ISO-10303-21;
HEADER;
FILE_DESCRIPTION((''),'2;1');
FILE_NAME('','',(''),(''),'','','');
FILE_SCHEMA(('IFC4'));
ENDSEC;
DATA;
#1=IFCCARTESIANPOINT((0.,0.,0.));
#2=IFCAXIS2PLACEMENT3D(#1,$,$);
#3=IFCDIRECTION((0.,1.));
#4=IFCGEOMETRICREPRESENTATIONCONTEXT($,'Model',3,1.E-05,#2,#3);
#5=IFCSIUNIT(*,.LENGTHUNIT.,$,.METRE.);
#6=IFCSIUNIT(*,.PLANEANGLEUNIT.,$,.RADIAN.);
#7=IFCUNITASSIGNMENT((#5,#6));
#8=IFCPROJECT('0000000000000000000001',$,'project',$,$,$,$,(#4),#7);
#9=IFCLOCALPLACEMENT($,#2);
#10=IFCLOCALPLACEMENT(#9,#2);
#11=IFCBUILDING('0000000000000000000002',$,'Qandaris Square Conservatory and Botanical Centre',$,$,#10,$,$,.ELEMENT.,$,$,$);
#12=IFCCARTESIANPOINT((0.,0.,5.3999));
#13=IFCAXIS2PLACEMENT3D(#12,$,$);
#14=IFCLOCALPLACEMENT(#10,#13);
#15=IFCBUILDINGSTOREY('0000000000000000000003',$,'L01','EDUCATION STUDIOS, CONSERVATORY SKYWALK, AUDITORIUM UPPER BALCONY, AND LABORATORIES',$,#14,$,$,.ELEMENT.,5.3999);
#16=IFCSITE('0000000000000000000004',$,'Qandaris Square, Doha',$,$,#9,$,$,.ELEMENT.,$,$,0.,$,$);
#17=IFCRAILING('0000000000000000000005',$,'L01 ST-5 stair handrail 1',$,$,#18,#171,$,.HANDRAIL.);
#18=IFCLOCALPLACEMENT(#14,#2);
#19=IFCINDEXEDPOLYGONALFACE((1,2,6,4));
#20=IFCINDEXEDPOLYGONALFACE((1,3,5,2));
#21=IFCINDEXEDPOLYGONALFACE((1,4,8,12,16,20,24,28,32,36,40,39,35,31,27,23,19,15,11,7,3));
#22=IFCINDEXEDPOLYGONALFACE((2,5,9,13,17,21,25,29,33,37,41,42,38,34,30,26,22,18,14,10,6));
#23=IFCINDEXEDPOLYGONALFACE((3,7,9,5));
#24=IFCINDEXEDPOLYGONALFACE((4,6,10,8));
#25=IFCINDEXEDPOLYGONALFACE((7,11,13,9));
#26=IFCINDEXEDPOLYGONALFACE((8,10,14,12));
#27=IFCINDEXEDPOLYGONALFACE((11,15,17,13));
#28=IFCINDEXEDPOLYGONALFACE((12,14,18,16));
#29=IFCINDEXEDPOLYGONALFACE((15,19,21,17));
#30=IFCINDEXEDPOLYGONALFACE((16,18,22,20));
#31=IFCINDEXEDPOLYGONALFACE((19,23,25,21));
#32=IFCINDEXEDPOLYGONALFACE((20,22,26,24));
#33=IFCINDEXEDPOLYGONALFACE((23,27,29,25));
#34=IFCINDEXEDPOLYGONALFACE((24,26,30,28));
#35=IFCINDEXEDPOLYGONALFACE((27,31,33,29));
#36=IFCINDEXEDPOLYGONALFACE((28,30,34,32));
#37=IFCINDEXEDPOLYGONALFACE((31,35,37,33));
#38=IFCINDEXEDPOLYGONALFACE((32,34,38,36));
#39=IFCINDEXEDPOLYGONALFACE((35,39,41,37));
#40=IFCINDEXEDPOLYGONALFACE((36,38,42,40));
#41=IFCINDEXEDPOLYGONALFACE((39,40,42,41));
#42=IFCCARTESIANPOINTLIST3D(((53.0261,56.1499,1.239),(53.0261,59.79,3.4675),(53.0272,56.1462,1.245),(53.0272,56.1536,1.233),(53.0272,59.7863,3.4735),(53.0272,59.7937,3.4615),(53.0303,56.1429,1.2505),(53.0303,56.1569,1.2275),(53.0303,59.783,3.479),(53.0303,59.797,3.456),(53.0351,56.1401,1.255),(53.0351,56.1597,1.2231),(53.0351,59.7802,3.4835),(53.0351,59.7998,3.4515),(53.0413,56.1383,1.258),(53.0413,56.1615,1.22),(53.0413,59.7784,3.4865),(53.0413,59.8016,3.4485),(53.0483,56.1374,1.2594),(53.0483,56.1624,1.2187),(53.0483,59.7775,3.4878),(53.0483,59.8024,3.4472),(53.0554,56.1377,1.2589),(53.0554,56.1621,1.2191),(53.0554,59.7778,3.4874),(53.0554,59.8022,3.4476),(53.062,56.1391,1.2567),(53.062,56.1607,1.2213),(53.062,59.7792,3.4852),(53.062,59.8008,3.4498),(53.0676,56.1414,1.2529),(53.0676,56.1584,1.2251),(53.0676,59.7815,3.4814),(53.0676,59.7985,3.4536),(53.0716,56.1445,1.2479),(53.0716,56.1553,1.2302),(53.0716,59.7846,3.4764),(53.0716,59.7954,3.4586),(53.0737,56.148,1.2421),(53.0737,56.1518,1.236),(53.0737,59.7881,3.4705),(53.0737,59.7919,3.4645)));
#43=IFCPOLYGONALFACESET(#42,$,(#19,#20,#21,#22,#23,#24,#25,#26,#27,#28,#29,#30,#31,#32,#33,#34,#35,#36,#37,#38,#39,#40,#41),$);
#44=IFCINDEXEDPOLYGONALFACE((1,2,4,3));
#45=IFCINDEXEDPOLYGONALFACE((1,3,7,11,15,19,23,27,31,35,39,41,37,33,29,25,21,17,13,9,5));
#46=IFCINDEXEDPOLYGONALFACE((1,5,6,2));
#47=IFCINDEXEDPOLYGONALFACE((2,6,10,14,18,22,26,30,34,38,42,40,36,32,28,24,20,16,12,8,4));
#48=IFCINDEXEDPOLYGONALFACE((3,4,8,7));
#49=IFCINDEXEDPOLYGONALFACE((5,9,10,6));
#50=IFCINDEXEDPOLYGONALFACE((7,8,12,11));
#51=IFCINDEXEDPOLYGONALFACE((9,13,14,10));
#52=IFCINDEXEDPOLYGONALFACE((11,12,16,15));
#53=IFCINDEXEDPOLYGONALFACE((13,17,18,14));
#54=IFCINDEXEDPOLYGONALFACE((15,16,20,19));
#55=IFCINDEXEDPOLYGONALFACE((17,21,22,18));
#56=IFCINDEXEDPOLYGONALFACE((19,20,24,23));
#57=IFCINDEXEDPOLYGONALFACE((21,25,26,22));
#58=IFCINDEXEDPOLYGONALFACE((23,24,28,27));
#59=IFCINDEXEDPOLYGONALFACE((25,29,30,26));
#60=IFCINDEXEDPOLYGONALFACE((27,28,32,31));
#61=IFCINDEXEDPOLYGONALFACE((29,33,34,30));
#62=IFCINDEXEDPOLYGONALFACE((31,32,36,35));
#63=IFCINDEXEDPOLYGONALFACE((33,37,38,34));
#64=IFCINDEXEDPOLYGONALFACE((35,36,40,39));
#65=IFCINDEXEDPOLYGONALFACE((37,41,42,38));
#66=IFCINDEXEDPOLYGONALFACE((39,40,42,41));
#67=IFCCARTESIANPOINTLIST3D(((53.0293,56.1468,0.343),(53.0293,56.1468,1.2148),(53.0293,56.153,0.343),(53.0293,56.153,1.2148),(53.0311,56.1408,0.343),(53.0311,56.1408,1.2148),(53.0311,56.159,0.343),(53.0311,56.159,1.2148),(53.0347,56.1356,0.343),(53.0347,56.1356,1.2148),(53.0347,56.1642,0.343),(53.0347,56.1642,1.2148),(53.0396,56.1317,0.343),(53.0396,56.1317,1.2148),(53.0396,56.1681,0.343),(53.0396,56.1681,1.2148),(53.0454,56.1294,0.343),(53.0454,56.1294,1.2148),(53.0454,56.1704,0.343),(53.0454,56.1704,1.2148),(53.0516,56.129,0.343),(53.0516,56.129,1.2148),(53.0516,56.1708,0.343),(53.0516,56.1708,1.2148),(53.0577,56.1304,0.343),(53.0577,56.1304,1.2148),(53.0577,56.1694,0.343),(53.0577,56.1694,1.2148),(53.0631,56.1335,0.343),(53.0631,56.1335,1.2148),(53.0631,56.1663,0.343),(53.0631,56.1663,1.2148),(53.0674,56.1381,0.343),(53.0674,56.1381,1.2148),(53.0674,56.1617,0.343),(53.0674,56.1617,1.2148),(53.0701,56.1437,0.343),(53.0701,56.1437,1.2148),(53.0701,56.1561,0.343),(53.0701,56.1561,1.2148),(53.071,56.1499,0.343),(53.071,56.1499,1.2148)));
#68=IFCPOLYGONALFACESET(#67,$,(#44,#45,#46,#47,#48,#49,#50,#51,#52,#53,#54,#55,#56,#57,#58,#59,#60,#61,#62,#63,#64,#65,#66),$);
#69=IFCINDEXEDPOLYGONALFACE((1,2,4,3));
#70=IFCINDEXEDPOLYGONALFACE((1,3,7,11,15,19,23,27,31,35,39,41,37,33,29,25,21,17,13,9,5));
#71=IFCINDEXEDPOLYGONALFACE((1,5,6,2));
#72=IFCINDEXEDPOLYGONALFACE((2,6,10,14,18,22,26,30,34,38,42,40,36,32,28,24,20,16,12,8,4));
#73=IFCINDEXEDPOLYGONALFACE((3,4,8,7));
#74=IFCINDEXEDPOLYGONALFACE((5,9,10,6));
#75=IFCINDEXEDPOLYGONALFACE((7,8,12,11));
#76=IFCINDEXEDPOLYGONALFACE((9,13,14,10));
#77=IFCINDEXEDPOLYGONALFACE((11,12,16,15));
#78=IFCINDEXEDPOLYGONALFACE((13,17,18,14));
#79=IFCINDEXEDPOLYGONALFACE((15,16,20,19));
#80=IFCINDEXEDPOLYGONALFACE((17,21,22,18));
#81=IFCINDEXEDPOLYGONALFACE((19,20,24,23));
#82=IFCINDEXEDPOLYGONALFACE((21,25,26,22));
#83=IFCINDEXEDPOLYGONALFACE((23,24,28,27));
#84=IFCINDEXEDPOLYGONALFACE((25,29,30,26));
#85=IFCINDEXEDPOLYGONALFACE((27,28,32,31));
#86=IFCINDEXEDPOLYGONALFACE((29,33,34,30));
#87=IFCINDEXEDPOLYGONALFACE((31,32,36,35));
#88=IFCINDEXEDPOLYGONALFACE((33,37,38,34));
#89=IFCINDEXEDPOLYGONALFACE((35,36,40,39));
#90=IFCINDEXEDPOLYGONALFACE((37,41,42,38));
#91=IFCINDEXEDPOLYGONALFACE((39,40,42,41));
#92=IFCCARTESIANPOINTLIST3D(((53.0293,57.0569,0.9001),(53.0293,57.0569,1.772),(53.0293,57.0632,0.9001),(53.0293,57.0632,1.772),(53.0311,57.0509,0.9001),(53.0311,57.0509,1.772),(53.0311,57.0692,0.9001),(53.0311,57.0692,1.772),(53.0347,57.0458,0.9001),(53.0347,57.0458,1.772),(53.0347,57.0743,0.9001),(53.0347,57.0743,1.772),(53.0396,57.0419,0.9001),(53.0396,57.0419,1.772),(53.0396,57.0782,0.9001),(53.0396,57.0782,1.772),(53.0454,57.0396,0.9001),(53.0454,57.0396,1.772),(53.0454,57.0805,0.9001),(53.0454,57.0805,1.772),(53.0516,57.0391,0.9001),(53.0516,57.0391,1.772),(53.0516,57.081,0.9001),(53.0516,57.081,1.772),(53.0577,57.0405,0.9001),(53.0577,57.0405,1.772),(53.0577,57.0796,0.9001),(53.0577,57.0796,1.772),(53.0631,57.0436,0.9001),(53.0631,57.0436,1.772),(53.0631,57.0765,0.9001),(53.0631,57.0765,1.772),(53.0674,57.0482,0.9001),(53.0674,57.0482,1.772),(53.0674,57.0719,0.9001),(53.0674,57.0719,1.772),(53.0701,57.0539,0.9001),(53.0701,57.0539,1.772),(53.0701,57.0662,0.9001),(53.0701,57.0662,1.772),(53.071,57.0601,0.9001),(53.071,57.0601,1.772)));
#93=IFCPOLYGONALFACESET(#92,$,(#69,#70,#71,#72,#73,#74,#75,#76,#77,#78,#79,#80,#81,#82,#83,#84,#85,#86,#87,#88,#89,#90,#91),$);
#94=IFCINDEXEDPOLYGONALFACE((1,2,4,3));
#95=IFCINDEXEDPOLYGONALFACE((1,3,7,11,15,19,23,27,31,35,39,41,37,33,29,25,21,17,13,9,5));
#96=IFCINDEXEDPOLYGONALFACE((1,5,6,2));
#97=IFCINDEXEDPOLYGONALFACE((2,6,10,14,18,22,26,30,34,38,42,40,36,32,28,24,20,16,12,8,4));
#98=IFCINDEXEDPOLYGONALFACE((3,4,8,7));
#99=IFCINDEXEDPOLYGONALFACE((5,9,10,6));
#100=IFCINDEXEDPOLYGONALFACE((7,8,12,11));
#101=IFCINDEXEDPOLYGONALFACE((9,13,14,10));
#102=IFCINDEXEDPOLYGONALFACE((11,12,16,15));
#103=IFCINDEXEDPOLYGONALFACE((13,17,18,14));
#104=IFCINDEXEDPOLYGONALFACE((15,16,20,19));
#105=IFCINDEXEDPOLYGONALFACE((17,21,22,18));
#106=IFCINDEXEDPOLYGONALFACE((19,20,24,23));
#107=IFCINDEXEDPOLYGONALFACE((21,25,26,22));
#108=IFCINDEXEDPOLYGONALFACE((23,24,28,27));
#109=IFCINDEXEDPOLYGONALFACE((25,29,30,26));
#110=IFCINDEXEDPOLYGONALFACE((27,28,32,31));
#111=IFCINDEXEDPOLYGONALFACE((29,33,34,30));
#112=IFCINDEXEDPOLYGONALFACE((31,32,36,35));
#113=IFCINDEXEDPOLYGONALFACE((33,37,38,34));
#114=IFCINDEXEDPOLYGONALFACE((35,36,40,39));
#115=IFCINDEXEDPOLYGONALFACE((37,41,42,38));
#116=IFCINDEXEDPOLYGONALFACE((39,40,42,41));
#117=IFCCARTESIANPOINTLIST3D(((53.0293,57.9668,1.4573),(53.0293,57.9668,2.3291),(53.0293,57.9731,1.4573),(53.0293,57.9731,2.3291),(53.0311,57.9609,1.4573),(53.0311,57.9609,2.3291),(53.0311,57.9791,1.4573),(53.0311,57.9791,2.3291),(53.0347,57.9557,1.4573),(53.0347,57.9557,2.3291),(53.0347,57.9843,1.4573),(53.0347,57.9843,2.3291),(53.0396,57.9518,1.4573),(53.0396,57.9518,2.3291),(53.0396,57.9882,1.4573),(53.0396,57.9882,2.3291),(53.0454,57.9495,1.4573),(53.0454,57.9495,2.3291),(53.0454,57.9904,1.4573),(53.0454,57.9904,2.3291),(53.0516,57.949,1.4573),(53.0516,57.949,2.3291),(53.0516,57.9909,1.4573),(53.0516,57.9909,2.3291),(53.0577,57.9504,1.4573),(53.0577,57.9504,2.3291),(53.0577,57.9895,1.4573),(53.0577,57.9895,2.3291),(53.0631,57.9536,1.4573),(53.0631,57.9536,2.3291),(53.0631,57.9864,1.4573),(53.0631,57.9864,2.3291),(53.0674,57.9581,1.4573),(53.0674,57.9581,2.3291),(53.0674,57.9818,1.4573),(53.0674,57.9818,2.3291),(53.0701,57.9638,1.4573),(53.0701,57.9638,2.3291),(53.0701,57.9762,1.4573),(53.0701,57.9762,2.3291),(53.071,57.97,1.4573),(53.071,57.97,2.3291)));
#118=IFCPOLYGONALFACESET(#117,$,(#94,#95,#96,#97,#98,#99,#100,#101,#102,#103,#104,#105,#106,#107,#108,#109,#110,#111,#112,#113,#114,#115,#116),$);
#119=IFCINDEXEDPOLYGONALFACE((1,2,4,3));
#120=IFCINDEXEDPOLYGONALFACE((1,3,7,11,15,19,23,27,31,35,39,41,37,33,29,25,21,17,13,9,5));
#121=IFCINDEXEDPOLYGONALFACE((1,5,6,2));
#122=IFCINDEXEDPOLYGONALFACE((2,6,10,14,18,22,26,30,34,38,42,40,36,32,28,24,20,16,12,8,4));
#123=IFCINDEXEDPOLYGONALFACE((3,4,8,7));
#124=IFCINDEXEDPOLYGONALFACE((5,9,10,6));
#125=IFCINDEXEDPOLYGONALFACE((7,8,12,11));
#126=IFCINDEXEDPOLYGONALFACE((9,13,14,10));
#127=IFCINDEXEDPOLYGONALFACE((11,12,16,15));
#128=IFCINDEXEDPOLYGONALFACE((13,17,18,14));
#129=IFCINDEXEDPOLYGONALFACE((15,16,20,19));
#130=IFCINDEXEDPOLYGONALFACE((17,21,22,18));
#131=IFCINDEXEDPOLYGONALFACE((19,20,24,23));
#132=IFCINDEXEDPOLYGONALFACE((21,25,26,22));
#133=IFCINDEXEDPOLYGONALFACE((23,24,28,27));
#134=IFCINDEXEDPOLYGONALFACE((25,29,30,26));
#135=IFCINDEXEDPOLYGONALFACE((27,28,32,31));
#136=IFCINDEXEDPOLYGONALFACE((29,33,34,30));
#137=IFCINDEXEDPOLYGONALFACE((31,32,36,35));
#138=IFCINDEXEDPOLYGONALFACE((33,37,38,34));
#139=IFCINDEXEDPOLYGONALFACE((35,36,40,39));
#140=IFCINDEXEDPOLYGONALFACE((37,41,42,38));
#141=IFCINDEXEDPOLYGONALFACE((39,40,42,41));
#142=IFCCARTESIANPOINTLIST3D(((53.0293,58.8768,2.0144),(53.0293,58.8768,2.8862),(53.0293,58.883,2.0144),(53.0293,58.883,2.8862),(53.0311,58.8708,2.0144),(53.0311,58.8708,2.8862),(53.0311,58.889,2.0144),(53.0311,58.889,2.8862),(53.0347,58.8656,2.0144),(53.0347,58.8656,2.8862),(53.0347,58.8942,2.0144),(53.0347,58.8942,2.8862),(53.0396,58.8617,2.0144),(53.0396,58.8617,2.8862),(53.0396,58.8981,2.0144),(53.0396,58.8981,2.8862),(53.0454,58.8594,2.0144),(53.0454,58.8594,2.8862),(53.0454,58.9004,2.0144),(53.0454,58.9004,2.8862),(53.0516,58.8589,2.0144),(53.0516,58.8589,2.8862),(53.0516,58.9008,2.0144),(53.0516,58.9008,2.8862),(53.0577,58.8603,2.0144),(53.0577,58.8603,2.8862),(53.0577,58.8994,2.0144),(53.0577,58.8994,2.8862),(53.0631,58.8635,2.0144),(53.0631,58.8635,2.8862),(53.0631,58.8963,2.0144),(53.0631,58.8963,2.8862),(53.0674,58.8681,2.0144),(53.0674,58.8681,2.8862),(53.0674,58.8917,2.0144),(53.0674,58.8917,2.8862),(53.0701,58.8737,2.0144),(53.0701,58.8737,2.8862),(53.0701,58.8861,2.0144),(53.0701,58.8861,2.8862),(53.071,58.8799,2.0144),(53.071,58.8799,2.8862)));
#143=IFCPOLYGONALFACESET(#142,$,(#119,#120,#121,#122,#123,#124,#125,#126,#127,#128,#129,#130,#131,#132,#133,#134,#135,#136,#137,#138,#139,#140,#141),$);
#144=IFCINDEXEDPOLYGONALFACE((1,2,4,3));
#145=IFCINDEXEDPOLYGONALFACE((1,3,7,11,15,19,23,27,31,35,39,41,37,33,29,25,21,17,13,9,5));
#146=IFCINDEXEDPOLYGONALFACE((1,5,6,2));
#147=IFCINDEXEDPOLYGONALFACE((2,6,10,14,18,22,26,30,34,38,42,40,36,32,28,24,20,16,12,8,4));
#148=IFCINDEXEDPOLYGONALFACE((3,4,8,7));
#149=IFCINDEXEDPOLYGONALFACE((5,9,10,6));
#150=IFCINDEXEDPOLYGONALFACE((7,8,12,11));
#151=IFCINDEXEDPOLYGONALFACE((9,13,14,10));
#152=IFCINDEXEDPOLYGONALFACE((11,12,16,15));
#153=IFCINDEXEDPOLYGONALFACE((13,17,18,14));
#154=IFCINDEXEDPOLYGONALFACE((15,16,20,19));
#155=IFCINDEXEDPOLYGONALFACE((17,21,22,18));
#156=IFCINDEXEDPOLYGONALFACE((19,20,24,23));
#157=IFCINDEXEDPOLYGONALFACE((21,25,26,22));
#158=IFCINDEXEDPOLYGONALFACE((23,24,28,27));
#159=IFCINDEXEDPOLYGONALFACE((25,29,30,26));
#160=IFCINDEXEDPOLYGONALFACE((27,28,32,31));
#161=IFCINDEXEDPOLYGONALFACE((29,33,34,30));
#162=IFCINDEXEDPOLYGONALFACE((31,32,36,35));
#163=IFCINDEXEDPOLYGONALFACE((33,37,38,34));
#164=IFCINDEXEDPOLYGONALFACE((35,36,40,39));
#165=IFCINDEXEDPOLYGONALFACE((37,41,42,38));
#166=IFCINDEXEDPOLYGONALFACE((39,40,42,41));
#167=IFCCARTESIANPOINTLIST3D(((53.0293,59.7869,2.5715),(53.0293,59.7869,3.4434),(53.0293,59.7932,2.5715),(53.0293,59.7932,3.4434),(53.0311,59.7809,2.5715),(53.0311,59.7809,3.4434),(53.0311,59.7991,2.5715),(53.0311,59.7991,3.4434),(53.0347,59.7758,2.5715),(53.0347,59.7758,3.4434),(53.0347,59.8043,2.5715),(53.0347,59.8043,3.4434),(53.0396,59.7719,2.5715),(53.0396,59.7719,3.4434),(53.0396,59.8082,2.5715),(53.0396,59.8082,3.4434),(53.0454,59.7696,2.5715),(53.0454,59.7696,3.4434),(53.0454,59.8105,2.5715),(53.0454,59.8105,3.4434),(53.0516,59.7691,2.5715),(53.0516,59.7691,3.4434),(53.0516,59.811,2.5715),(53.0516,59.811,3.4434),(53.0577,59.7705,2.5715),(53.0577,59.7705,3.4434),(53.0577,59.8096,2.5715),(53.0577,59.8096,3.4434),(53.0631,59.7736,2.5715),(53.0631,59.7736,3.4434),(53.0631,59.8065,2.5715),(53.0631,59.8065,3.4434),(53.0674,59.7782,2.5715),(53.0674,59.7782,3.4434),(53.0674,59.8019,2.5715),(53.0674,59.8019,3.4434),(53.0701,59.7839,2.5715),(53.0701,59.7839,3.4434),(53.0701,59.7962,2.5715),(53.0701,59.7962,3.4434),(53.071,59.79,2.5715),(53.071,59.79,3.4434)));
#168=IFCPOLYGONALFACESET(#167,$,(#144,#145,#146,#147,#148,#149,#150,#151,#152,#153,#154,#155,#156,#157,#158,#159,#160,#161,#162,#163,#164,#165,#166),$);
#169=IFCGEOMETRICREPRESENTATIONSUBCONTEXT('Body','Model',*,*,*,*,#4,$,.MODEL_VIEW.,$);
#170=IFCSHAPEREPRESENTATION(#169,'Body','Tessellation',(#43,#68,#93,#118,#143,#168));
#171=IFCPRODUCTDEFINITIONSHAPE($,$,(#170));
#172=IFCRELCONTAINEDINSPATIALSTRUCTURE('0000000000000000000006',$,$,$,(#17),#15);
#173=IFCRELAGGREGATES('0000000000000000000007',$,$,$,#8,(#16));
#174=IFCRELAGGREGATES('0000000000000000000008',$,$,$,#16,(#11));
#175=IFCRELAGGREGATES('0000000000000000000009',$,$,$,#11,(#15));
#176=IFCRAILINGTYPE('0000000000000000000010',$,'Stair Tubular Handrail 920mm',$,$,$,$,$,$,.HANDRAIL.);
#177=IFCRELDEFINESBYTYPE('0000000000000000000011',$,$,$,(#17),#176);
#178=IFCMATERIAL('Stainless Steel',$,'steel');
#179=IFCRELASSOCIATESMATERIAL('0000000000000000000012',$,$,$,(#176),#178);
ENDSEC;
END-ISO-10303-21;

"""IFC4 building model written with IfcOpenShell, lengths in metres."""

from ifc_helpers import new_model, si_unit, direction, frame, origin, origin_2d, place, context, subcontext, project, spatial, circle, extrude, material, type_object, element, save


model = new_model("IFC4")

# Units and contexts
model_context = context("Model", 3, precision=1e-05, world=origin(), true_north=direction((0.0, 1.0)))
body_context = subcontext(model_context, "Body", "Model", "MODEL_VIEW")
ifc_project = project(units=[si_unit("LENGTHUNIT", "METRE"), si_unit("PLANEANGLEUNIT", "RADIAN")], contexts=[model_context])

# Site, building, storey
site_placement = place(None, origin())
site = spatial("IfcSite", under=ifc_project, at=site_placement, Name="Qandaris Square, Doha", CompositionType="ELEMENT", RefElevation=0.0)
building_placement = place(site_placement, origin())
building = spatial("IfcBuilding", under=site, at=building_placement, Name="Qandaris Square Conservatory and Botanical Centre", CompositionType="ELEMENT")
storey_placement = place(building_placement, frame((0.0, 0.0, 5.3999)))
storey = spatial("IfcBuildingStorey", under=building, at=storey_placement, Name="L01", Description="EDUCATION STUDIOS, CONSERVATORY SKYWALK, AUDITORIUM UPPER BALCONY, AND LABORATORIES", CompositionType="ELEMENT", Elevation=5.3999)

# Railing
ifc_material_1 = material(Name="Stainless Steel", Category="steel")
railing_type_1 = type_object("IfcRailingType", Name="Stair Tubular Handrail 920mm", PredefinedType="HANDRAIL", material=ifc_material_1)
railing_1_placement = place(storey_placement, frame((53.05, 56.1499, 0.343)))
element("IfcRailing", 1, at=railing_1_placement, inside=storey, type_object=railing_type_1, Name="L01 ST-5 stair handrail 1", PredefinedType="HANDRAIL", context=body_context, shape_type="SweptSolid", body=[
    extrude(circle(Radius=0.0239, at=origin_2d()), frame((0.0, 0.0, 0.896), z_axis=(0.0, 0.852866, 0.52213), x_axis=(-1.0, 0.0, 0.0)), (0.0, 0.0, 1.0), 4.2681),
    extrude(circle(Radius=0.021, at=origin_2d()), origin(), (0.0, 0.0, 1.0), 0.8718),
    extrude(circle(Radius=0.021, at=origin_2d()), frame((0.0, 0.9102, 0.5571)), (0.0, 0.0, 1.0), 0.8718),
    extrude(circle(Radius=0.021, at=origin_2d()), frame((0.0, 1.8201, 1.1143)), (0.0, 0.0, 1.0), 0.8718),
    extrude(circle(Radius=0.021, at=origin_2d()), frame((0.0, 2.73, 1.6714)), (0.0, 0.0, 1.0), 0.8718),
    extrude(circle(Radius=0.021, at=origin_2d()), frame((0.0, 3.6401, 2.2285)), (0.0, 0.0, 1.0), 0.8718),
])

save(model, "model.ifc")
